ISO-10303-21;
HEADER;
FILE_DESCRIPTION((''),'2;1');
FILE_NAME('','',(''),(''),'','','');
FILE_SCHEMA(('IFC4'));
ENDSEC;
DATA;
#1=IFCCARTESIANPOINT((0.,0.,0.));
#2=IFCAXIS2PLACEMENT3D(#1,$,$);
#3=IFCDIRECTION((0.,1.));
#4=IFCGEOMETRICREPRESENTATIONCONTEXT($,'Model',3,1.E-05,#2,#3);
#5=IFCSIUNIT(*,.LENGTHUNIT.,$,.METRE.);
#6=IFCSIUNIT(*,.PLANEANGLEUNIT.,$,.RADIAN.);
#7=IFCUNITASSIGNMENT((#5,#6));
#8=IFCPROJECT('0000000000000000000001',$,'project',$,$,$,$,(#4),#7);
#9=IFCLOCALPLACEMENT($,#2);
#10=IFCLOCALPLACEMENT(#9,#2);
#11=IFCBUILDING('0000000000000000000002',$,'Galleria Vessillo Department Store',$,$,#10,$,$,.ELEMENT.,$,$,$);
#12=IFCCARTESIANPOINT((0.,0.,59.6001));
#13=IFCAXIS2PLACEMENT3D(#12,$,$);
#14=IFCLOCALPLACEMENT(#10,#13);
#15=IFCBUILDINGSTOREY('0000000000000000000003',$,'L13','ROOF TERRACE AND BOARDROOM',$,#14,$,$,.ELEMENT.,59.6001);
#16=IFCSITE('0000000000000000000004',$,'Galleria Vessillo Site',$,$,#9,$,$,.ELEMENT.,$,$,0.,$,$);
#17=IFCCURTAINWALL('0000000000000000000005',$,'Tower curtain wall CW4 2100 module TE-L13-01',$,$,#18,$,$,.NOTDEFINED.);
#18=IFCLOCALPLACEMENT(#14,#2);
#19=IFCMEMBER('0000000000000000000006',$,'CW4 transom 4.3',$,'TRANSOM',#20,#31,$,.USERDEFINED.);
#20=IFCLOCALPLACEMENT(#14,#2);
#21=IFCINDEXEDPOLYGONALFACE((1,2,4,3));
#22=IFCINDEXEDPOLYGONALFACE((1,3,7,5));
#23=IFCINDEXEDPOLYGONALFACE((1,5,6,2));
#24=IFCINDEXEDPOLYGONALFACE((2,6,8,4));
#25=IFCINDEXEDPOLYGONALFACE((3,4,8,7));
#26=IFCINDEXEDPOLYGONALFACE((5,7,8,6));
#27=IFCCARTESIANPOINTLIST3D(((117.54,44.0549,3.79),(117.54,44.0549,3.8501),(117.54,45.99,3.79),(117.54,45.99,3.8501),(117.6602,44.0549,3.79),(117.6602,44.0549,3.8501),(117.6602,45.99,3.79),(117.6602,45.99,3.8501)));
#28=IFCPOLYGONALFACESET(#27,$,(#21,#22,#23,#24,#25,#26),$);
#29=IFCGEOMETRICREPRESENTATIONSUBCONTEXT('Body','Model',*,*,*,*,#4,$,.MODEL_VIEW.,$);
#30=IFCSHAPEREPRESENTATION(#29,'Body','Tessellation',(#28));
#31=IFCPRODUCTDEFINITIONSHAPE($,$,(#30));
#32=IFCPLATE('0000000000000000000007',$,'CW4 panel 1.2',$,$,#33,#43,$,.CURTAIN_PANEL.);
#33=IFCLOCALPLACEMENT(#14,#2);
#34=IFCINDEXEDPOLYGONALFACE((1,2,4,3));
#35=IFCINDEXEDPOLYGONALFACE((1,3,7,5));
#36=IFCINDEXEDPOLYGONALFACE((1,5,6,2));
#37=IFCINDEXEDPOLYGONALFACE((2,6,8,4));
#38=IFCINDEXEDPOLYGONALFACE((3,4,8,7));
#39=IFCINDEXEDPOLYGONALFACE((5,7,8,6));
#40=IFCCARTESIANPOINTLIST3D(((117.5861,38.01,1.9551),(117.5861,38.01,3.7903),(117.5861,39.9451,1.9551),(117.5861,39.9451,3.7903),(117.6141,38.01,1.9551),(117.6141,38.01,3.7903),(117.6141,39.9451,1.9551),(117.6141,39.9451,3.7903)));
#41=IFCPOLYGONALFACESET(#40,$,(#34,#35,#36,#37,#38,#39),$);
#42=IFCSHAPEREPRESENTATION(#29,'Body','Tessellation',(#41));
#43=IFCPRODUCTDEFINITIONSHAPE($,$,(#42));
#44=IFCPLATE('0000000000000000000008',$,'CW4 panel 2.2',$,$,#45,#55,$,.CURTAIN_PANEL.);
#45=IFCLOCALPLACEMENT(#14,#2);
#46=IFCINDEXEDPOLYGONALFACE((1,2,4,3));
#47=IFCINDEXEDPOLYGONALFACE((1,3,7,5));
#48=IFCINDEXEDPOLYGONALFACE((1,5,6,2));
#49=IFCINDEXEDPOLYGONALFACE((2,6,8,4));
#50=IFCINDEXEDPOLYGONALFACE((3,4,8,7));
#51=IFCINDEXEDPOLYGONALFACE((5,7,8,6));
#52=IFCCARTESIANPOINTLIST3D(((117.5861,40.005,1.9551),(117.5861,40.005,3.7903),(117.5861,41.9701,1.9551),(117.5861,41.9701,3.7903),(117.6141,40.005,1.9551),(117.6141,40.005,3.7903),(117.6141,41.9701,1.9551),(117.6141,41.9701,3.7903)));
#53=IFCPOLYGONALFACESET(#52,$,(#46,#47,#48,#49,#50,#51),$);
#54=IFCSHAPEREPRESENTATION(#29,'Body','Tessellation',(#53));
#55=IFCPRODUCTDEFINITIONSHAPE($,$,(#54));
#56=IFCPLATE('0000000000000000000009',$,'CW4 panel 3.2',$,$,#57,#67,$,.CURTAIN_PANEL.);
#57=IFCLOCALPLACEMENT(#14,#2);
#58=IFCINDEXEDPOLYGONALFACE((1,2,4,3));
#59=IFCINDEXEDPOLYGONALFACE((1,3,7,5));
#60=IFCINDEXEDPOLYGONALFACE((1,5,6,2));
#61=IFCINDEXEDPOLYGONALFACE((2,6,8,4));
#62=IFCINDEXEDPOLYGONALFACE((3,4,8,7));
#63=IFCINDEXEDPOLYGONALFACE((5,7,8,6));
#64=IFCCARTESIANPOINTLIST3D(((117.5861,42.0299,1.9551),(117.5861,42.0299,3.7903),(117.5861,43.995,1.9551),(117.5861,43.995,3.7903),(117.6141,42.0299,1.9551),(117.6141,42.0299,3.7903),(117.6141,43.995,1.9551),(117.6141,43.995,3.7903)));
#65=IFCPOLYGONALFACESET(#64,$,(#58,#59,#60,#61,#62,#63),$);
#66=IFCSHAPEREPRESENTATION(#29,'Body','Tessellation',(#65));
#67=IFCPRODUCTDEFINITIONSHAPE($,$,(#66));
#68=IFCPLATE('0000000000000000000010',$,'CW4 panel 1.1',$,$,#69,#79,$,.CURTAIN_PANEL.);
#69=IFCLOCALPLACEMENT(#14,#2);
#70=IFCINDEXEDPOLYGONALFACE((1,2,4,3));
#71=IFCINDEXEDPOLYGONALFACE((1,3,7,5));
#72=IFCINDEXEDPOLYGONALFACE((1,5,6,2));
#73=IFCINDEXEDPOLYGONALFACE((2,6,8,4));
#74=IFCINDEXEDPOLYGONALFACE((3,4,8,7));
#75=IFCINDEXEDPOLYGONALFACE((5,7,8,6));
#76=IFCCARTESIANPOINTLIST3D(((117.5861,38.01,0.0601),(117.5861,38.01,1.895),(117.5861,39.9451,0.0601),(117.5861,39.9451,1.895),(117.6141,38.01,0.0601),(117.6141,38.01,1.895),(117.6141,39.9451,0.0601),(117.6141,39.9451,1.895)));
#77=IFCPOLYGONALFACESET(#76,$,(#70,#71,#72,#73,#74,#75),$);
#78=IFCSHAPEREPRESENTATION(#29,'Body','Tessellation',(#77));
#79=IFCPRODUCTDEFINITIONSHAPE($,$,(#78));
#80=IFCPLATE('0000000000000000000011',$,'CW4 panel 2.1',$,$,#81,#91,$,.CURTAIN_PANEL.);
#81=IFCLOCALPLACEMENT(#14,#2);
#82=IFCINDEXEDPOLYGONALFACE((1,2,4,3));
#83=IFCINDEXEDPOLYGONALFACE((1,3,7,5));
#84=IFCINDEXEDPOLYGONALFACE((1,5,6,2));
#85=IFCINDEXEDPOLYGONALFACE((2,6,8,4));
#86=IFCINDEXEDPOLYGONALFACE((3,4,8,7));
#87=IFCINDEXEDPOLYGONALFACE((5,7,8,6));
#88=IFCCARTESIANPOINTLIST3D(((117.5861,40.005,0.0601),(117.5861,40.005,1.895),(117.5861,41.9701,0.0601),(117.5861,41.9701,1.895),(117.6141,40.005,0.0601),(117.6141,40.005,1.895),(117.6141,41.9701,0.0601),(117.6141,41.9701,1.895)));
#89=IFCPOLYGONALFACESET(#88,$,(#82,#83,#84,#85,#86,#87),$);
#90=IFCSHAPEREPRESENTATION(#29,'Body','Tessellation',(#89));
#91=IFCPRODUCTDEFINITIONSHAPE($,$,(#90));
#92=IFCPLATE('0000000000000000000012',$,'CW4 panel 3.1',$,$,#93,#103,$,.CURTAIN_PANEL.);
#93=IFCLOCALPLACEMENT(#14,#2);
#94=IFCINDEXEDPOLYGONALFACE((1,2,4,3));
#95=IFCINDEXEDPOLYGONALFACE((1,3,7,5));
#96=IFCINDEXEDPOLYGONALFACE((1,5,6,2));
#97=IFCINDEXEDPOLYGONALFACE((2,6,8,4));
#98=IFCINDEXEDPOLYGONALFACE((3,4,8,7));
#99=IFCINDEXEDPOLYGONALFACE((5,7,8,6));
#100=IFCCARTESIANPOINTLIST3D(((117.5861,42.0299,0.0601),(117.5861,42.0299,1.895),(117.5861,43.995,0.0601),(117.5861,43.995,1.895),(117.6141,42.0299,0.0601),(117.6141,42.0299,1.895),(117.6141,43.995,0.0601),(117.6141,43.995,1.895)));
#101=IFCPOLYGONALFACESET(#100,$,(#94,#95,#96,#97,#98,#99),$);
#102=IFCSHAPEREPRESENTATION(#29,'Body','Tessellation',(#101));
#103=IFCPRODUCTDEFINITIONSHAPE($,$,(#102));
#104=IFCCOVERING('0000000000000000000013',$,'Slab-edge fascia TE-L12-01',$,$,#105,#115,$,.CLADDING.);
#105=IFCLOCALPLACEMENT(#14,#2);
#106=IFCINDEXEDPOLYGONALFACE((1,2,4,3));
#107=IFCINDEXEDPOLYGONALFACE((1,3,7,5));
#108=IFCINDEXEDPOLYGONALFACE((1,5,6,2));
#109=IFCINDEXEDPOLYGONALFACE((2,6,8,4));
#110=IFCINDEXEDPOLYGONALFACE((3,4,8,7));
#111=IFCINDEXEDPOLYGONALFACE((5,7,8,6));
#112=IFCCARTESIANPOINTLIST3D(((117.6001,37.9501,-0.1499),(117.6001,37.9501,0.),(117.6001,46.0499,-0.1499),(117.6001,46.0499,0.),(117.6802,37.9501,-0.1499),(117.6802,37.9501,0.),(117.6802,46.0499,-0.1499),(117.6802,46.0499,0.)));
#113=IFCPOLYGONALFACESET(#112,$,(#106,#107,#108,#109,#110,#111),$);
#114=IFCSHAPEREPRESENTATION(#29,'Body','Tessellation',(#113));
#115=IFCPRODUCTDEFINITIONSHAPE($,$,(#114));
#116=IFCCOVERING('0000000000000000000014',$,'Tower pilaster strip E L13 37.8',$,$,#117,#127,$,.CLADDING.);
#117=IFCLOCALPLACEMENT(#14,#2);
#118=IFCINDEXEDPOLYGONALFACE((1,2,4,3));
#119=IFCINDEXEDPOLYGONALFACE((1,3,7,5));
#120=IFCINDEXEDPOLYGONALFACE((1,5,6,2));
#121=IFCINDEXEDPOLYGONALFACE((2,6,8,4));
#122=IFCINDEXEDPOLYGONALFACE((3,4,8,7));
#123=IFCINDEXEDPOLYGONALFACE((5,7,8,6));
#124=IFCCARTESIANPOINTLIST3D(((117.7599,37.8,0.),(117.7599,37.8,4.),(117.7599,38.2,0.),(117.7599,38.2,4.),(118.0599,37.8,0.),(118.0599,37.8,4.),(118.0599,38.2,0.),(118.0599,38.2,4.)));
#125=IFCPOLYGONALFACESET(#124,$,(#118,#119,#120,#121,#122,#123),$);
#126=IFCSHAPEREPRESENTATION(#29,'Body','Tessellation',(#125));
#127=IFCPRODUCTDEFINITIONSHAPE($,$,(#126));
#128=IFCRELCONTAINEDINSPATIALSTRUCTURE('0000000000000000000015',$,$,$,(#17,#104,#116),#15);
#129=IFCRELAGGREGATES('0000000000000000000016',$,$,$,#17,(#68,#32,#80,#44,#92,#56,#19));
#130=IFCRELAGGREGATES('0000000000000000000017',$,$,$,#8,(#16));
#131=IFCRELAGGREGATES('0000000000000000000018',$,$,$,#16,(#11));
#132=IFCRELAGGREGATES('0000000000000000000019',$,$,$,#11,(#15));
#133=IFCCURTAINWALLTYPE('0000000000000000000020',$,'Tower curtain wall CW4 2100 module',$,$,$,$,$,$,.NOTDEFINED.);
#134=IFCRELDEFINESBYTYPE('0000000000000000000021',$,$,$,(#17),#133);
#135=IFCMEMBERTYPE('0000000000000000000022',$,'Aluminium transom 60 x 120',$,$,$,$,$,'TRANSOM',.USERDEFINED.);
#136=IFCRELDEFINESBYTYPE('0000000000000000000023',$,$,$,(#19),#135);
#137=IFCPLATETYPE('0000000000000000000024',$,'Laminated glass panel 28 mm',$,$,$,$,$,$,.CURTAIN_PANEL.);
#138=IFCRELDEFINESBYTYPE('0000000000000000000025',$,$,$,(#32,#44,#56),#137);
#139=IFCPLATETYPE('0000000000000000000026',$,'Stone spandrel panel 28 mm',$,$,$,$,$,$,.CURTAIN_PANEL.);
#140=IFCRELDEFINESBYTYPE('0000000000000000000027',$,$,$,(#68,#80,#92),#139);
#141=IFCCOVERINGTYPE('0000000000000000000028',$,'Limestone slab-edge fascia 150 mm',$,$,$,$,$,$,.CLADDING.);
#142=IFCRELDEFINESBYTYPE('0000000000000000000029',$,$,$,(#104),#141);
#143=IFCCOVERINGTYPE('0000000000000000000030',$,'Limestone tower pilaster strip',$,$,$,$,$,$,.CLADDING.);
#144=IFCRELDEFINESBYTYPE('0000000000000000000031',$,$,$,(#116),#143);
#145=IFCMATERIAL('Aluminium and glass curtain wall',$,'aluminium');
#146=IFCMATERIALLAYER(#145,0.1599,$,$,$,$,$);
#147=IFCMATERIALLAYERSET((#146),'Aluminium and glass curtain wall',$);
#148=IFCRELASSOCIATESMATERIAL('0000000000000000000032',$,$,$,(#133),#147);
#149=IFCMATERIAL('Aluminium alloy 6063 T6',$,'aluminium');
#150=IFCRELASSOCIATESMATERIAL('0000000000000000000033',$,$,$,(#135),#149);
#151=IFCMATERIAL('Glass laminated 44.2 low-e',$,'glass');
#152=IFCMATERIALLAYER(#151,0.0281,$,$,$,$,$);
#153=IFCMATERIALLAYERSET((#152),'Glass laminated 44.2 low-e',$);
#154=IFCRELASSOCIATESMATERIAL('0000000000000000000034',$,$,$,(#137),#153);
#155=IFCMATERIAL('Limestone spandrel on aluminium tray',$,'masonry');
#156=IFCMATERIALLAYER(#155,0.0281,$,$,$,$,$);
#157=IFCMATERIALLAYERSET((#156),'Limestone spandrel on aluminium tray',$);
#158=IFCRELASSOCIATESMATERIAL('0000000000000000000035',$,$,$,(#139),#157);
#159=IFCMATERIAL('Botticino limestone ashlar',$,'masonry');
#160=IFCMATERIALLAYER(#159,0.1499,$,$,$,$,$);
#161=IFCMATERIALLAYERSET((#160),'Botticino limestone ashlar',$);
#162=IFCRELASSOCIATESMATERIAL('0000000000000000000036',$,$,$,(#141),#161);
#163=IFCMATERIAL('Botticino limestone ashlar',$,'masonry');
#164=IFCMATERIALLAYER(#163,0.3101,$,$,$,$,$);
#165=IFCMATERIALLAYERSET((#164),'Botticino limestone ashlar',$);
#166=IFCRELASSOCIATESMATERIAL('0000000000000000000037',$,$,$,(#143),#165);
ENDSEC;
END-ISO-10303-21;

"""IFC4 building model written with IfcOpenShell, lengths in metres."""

from ifc_helpers import new_model, si_unit, direction, frame, origin, origin_2d, place, context, subcontext, project, spatial, rectangle, extrude, material, layer, layer_set, material_profile, profile_set, type_object, element, aggregate, save


model = new_model("IFC4")

# Units and contexts
model_context = context("Model", 3, precision=1e-05, world=origin(), true_north=direction((0.0, 1.0)))
body_context = subcontext(model_context, "Body", "Model", "MODEL_VIEW")
ifc_project = project(units=[si_unit("LENGTHUNIT", "METRE"), si_unit("PLANEANGLEUNIT", "RADIAN")], contexts=[model_context])

# Site, building, storey
site_placement = place(None, origin())
site = spatial("IfcSite", under=ifc_project, at=site_placement, Name="Galleria Vessillo Site", CompositionType="ELEMENT", RefElevation=0.0)
building_placement = place(site_placement, origin())
building = spatial("IfcBuilding", under=site, at=building_placement, Name="Galleria Vessillo Department Store", CompositionType="ELEMENT")
storey_placement = place(building_placement, frame((0.0, 0.0, 59.6001)))
storey = spatial("IfcBuildingStorey", under=building, at=storey_placement, Name="L13", Description="ROOF TERRACE AND BOARDROOM", CompositionType="ELEMENT", Elevation=59.6001)

# Curtain wall, member, plates
ifc_material_1 = material(Name="Aluminium and glass curtain wall", Category="aluminium")
ifc_layer_1 = layer(ifc_material_1, 0.1599)
ifc_layer_set_1 = layer_set([ifc_layer_1], Name="Aluminium and glass curtain wall")
curtain_wall_type = type_object("IfcCurtainWallType", Name="Tower curtain wall CW4 2100 module", PredefinedType="NOTDEFINED", material=ifc_layer_set_1)
curtain_wall_placement = place(storey_placement, origin())
curtain_wall = element("IfcCurtainWall", 1, at=curtain_wall_placement, inside=storey, type_object=curtain_wall_type, Name="Tower curtain wall CW4 2100 module TE-L13-01", PredefinedType="NOTDEFINED")
ifc_material_2 = material(Name="Aluminium alloy 6063 T6", Category="aluminium")
ifc_material_profile_1 = material_profile(ifc_material_2, rectangle(XDim=0.1201, YDim=0.0601, at=origin_2d()), Name="AL 60x120")
ifc_profile_set_1 = profile_set([ifc_material_profile_1], Name="Aluminium alloy 6063 T6")
member_type_1 = type_object("IfcMemberType", Name="Aluminium transom 60 x 120", ElementType="TRANSOM", PredefinedType="USERDEFINED", material=ifc_profile_set_1)
member_1_placement = place(storey_placement, frame((117.6001, 44.0549, 3.8201), z_axis=(0.0, 1.0, 0.0), x_axis=(-1.0, 0.0, 0.0)))
member_1 = element("IfcMember", 2, at=member_1_placement, type_object=member_type_1, Name="CW4 transom 4.3", ObjectType="TRANSOM", PredefinedType="USERDEFINED", context=body_context, shape_type="SweptSolid", body=[
    extrude(rectangle(XDim=0.1201, YDim=0.0601, at=origin_2d()), origin(), (0.0, 0.0, 1.0), 1.9351),
])
ifc_material_3 = material(Name="Glass laminated 44.2 low-e", Category="glass")
ifc_layer_2 = layer(ifc_material_3, 0.0281)
ifc_layer_set_2 = layer_set([ifc_layer_2], Name="Glass laminated 44.2 low-e")
plate_type_1 = type_object("IfcPlateType", Name="Laminated glass panel 28 mm", PredefinedType="CURTAIN_PANEL", material=ifc_layer_set_2)
plate_1_placement = place(storey_placement, frame((117.6001, 38.9775, 1.9551), z_axis=(0.0, 0.0, 1.0), x_axis=(0.0, 1.0, 0.0)))
plate_1 = element("IfcPlate", 3, at=plate_1_placement, type_object=plate_type_1, Name="CW4 panel 1.2", PredefinedType="CURTAIN_PANEL", context=body_context, shape_type="SweptSolid", body=[
    extrude(rectangle(XDim=1.9351, YDim=0.0281, at=origin_2d()), origin(), (0.0, 0.0, 1.0), 1.8352),
])
plate_2_placement = place(storey_placement, frame((117.6001, 40.9875, 1.9551), z_axis=(0.0, 0.0, 1.0), x_axis=(0.0, 1.0, 0.0)))
plate_2 = element("IfcPlate", 4, at=plate_2_placement, type_object=plate_type_1, Name="CW4 panel 2.2", PredefinedType="CURTAIN_PANEL", context=body_context, shape_type="SweptSolid", body=[
    extrude(rectangle(XDim=1.9651, YDim=0.0281, at=origin_2d()), origin(), (0.0, 0.0, 1.0), 1.8352),
])
plate_3_placement = place(storey_placement, frame((117.6001, 43.0125, 1.9551), z_axis=(0.0, 0.0, 1.0), x_axis=(0.0, 1.0, 0.0)))
plate_3 = element("IfcPlate", 5, at=plate_3_placement, type_object=plate_type_1, Name="CW4 panel 3.2", PredefinedType="CURTAIN_PANEL", context=body_context, shape_type="SweptSolid", body=[
    extrude(rectangle(XDim=1.9651, YDim=0.0281, at=origin_2d()), origin(), (0.0, 0.0, 1.0), 1.8352),
])
ifc_material_4 = material(Name="Limestone spandrel on aluminium tray", Category="masonry")
ifc_layer_3 = layer(ifc_material_4, 0.0281)
ifc_layer_set_3 = layer_set([ifc_layer_3], Name="Limestone spandrel on aluminium tray")
plate_type_2 = type_object("IfcPlateType", Name="Stone spandrel panel 28 mm", PredefinedType="CURTAIN_PANEL", material=ifc_layer_set_3)
plate_4_placement = place(storey_placement, frame((117.6001, 38.9775, 0.0601), z_axis=(0.0, 0.0, 1.0), x_axis=(0.0, 1.0, 0.0)))
plate_4 = element("IfcPlate", 6, at=plate_4_placement, type_object=plate_type_2, Name="CW4 panel 1.1", PredefinedType="CURTAIN_PANEL", context=body_context, shape_type="SweptSolid", body=[
    extrude(rectangle(XDim=1.9351, YDim=0.0281, at=origin_2d()), origin(), (0.0, 0.0, 1.0), 1.835),
])
plate_5_placement = place(storey_placement, frame((117.6001, 40.9875, 0.0601), z_axis=(0.0, 0.0, 1.0), x_axis=(0.0, 1.0, 0.0)))
plate_5 = element("IfcPlate", 7, at=plate_5_placement, type_object=plate_type_2, Name="CW4 panel 2.1", PredefinedType="CURTAIN_PANEL", context=body_context, shape_type="SweptSolid", body=[
    extrude(rectangle(XDim=1.9651, YDim=0.0281, at=origin_2d()), origin(), (0.0, 0.0, 1.0), 1.835),
])
plate_6_placement = place(storey_placement, frame((117.6001, 43.0125, 0.0601), z_axis=(0.0, 0.0, 1.0), x_axis=(0.0, 1.0, 0.0)))
plate_6 = element("IfcPlate", 8, at=plate_6_placement, type_object=plate_type_2, Name="CW4 panel 3.1", PredefinedType="CURTAIN_PANEL", context=body_context, shape_type="SweptSolid", body=[
    extrude(rectangle(XDim=1.9651, YDim=0.0281, at=origin_2d()), origin(), (0.0, 0.0, 1.0), 1.835),
])
aggregate(curtain_wall, [plate_4, plate_1, plate_5, plate_2, plate_6, plate_3, member_1])

# Coverings
ifc_material_5 = material(Name="Botticino limestone ashlar", Category="masonry")
ifc_layer_4 = layer(ifc_material_5, 0.1499)
ifc_layer_set_4 = layer_set([ifc_layer_4], Name="Botticino limestone ashlar")
covering_type_1 = type_object("IfcCoveringType", Name="Limestone slab-edge fascia 150 mm", PredefinedType="CLADDING", material=ifc_layer_set_4)
covering_1_placement = place(storey_placement, frame((117.6401, 42.0, -0.1499), z_axis=(0.0, 0.0, 1.0), x_axis=(1.0, 0.0, 0.0)))
element("IfcCovering", 9, at=covering_1_placement, inside=storey, type_object=covering_type_1, Name="Slab-edge fascia TE-L12-01", PredefinedType="CLADDING", context=body_context, shape_type="SweptSolid", body=[
    extrude(rectangle(XDim=0.0801, YDim=8.0999, at=origin_2d()), origin(), (0.0, 0.0, 1.0), 0.1499),
])
ifc_material_6 = material(Name="Botticino limestone ashlar", Category="masonry")
ifc_layer_5 = layer(ifc_material_6, 0.3101)
ifc_layer_set_5 = layer_set([ifc_layer_5], Name="Botticino limestone ashlar")
covering_type_2 = type_object("IfcCoveringType", Name="Limestone tower pilaster strip", PredefinedType="CLADDING", material=ifc_layer_set_5)
covering_2_placement = place(storey_placement, frame((117.9099, 38.0, 0.0), z_axis=(0.0, 0.0, 1.0), x_axis=(1.0, 0.0, 0.0)))
element("IfcCovering", 10, at=covering_2_placement, inside=storey, type_object=covering_type_2, Name="Tower pilaster strip E L13 37.8", PredefinedType="CLADDING", context=body_context, shape_type="SweptSolid", body=[
    extrude(rectangle(XDim=0.3, YDim=0.3999, at=origin_2d()), origin(), (0.0, 0.0, 1.0), 4.0),
])

save(model, "model.ifc")
